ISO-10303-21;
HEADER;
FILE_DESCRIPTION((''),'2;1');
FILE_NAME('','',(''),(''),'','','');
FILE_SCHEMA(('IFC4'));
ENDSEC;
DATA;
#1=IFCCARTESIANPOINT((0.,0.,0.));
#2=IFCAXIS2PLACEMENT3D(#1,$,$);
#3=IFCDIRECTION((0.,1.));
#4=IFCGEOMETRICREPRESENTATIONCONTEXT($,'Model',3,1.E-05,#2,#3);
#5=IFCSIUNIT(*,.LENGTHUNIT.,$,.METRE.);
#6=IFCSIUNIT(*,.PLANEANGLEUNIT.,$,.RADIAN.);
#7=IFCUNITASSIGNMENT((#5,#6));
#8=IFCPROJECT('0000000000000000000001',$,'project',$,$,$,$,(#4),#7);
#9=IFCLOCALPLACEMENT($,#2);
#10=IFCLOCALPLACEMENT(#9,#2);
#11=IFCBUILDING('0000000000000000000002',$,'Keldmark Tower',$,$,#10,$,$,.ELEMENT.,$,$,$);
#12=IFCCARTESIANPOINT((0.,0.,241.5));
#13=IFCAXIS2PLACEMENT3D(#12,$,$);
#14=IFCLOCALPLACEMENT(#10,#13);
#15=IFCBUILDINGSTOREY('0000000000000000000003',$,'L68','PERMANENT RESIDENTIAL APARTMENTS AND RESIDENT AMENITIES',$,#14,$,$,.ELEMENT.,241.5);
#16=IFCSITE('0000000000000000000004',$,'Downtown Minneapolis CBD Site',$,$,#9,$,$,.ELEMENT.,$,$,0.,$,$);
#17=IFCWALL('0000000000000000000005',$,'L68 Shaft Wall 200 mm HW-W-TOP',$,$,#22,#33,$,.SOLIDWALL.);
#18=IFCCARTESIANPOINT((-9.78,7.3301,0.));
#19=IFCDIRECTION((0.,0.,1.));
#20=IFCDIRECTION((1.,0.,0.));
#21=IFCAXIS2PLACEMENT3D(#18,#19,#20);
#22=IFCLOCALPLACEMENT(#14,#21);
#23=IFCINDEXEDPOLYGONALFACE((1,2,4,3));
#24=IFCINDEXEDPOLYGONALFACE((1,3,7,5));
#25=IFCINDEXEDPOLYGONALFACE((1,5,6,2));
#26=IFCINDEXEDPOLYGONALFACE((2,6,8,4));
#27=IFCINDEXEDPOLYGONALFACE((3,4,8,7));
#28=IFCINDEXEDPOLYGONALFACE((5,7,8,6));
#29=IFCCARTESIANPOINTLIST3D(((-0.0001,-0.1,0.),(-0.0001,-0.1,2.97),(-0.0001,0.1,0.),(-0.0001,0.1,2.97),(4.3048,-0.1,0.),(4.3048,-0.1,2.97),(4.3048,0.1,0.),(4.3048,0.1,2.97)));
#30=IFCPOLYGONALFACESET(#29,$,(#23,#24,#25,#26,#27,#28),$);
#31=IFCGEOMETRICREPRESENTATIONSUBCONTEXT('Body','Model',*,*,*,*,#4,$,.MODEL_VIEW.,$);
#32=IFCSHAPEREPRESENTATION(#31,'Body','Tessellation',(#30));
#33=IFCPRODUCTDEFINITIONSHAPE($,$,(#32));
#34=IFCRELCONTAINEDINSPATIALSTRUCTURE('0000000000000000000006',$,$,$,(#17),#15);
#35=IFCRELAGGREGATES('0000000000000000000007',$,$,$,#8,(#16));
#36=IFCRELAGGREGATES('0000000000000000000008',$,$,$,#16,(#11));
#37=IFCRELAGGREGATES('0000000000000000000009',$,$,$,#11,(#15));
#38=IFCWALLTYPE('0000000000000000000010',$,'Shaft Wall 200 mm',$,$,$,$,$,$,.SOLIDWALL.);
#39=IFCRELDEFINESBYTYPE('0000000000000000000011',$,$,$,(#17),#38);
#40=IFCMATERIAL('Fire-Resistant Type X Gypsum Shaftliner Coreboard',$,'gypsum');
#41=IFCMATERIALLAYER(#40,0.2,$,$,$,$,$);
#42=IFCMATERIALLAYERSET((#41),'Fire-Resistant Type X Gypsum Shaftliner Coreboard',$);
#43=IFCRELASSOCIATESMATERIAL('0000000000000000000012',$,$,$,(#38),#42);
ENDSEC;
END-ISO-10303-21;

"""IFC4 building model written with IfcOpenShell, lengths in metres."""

from ifc_helpers import new_model, si_unit, direction, frame, frame_2d, origin, place, context, subcontext, project, spatial, rectangle, extrude, material, layer, layer_set, type_object, element, save


model = new_model("IFC4")

# Units and contexts
model_context = context("Model", 3, precision=1e-05, world=origin(), true_north=direction((0.0, 1.0)))
body_context = subcontext(model_context, "Body", "Model", "MODEL_VIEW")
ifc_project = project(units=[si_unit("LENGTHUNIT", "METRE"), si_unit("PLANEANGLEUNIT", "RADIAN")], contexts=[model_context])

# Site, building, storey
site_placement = place(None, origin())
site = spatial("IfcSite", under=ifc_project, at=site_placement, Name="Downtown Minneapolis CBD Site", CompositionType="ELEMENT", RefElevation=0.0)
building_placement = place(site_placement, origin())
building = spatial("IfcBuilding", under=site, at=building_placement, Name="Keldmark Tower", CompositionType="ELEMENT")
storey_placement = place(building_placement, frame((0.0, 0.0, 241.5)))
storey = spatial("IfcBuildingStorey", under=building, at=storey_placement, Name="L68", Description="PERMANENT RESIDENTIAL APARTMENTS AND RESIDENT AMENITIES", CompositionType="ELEMENT", Elevation=241.5)

# Shared definitions
ifc_material_1 = material(Name="Fire-Resistant Type X Gypsum Shaftliner Coreboard", Category="gypsum")
ifc_layer_1 = layer(ifc_material_1, 0.2)
ifc_layer_set_1 = layer_set([ifc_layer_1], Name="Fire-Resistant Type X Gypsum Shaftliner Coreboard")
wall_type_1 = type_object("IfcWallType", Name="Shaft Wall 200 mm", PredefinedType="SOLIDWALL", material=ifc_layer_set_1)

# Wall
wall_1_placement = place(storey_placement, frame((-9.78, 7.3301, 0.0), z_axis=(0.0, 0.0, 1.0), x_axis=(1.0, 0.0, 0.0)))
element("IfcWall", 1, at=wall_1_placement, inside=storey, type_object=wall_type_1, Name="L68 Shaft Wall 200 mm HW-W-TOP", PredefinedType="SOLIDWALL", context=body_context, shape_type="SweptSolid", body=[
    extrude(rectangle(XDim=4.3049, YDim=0.2, at=frame_2d((2.1523, 0.0))), origin(), (0.0, 0.0, 1.0), 2.97),
])

save(model, "model.ifc")
